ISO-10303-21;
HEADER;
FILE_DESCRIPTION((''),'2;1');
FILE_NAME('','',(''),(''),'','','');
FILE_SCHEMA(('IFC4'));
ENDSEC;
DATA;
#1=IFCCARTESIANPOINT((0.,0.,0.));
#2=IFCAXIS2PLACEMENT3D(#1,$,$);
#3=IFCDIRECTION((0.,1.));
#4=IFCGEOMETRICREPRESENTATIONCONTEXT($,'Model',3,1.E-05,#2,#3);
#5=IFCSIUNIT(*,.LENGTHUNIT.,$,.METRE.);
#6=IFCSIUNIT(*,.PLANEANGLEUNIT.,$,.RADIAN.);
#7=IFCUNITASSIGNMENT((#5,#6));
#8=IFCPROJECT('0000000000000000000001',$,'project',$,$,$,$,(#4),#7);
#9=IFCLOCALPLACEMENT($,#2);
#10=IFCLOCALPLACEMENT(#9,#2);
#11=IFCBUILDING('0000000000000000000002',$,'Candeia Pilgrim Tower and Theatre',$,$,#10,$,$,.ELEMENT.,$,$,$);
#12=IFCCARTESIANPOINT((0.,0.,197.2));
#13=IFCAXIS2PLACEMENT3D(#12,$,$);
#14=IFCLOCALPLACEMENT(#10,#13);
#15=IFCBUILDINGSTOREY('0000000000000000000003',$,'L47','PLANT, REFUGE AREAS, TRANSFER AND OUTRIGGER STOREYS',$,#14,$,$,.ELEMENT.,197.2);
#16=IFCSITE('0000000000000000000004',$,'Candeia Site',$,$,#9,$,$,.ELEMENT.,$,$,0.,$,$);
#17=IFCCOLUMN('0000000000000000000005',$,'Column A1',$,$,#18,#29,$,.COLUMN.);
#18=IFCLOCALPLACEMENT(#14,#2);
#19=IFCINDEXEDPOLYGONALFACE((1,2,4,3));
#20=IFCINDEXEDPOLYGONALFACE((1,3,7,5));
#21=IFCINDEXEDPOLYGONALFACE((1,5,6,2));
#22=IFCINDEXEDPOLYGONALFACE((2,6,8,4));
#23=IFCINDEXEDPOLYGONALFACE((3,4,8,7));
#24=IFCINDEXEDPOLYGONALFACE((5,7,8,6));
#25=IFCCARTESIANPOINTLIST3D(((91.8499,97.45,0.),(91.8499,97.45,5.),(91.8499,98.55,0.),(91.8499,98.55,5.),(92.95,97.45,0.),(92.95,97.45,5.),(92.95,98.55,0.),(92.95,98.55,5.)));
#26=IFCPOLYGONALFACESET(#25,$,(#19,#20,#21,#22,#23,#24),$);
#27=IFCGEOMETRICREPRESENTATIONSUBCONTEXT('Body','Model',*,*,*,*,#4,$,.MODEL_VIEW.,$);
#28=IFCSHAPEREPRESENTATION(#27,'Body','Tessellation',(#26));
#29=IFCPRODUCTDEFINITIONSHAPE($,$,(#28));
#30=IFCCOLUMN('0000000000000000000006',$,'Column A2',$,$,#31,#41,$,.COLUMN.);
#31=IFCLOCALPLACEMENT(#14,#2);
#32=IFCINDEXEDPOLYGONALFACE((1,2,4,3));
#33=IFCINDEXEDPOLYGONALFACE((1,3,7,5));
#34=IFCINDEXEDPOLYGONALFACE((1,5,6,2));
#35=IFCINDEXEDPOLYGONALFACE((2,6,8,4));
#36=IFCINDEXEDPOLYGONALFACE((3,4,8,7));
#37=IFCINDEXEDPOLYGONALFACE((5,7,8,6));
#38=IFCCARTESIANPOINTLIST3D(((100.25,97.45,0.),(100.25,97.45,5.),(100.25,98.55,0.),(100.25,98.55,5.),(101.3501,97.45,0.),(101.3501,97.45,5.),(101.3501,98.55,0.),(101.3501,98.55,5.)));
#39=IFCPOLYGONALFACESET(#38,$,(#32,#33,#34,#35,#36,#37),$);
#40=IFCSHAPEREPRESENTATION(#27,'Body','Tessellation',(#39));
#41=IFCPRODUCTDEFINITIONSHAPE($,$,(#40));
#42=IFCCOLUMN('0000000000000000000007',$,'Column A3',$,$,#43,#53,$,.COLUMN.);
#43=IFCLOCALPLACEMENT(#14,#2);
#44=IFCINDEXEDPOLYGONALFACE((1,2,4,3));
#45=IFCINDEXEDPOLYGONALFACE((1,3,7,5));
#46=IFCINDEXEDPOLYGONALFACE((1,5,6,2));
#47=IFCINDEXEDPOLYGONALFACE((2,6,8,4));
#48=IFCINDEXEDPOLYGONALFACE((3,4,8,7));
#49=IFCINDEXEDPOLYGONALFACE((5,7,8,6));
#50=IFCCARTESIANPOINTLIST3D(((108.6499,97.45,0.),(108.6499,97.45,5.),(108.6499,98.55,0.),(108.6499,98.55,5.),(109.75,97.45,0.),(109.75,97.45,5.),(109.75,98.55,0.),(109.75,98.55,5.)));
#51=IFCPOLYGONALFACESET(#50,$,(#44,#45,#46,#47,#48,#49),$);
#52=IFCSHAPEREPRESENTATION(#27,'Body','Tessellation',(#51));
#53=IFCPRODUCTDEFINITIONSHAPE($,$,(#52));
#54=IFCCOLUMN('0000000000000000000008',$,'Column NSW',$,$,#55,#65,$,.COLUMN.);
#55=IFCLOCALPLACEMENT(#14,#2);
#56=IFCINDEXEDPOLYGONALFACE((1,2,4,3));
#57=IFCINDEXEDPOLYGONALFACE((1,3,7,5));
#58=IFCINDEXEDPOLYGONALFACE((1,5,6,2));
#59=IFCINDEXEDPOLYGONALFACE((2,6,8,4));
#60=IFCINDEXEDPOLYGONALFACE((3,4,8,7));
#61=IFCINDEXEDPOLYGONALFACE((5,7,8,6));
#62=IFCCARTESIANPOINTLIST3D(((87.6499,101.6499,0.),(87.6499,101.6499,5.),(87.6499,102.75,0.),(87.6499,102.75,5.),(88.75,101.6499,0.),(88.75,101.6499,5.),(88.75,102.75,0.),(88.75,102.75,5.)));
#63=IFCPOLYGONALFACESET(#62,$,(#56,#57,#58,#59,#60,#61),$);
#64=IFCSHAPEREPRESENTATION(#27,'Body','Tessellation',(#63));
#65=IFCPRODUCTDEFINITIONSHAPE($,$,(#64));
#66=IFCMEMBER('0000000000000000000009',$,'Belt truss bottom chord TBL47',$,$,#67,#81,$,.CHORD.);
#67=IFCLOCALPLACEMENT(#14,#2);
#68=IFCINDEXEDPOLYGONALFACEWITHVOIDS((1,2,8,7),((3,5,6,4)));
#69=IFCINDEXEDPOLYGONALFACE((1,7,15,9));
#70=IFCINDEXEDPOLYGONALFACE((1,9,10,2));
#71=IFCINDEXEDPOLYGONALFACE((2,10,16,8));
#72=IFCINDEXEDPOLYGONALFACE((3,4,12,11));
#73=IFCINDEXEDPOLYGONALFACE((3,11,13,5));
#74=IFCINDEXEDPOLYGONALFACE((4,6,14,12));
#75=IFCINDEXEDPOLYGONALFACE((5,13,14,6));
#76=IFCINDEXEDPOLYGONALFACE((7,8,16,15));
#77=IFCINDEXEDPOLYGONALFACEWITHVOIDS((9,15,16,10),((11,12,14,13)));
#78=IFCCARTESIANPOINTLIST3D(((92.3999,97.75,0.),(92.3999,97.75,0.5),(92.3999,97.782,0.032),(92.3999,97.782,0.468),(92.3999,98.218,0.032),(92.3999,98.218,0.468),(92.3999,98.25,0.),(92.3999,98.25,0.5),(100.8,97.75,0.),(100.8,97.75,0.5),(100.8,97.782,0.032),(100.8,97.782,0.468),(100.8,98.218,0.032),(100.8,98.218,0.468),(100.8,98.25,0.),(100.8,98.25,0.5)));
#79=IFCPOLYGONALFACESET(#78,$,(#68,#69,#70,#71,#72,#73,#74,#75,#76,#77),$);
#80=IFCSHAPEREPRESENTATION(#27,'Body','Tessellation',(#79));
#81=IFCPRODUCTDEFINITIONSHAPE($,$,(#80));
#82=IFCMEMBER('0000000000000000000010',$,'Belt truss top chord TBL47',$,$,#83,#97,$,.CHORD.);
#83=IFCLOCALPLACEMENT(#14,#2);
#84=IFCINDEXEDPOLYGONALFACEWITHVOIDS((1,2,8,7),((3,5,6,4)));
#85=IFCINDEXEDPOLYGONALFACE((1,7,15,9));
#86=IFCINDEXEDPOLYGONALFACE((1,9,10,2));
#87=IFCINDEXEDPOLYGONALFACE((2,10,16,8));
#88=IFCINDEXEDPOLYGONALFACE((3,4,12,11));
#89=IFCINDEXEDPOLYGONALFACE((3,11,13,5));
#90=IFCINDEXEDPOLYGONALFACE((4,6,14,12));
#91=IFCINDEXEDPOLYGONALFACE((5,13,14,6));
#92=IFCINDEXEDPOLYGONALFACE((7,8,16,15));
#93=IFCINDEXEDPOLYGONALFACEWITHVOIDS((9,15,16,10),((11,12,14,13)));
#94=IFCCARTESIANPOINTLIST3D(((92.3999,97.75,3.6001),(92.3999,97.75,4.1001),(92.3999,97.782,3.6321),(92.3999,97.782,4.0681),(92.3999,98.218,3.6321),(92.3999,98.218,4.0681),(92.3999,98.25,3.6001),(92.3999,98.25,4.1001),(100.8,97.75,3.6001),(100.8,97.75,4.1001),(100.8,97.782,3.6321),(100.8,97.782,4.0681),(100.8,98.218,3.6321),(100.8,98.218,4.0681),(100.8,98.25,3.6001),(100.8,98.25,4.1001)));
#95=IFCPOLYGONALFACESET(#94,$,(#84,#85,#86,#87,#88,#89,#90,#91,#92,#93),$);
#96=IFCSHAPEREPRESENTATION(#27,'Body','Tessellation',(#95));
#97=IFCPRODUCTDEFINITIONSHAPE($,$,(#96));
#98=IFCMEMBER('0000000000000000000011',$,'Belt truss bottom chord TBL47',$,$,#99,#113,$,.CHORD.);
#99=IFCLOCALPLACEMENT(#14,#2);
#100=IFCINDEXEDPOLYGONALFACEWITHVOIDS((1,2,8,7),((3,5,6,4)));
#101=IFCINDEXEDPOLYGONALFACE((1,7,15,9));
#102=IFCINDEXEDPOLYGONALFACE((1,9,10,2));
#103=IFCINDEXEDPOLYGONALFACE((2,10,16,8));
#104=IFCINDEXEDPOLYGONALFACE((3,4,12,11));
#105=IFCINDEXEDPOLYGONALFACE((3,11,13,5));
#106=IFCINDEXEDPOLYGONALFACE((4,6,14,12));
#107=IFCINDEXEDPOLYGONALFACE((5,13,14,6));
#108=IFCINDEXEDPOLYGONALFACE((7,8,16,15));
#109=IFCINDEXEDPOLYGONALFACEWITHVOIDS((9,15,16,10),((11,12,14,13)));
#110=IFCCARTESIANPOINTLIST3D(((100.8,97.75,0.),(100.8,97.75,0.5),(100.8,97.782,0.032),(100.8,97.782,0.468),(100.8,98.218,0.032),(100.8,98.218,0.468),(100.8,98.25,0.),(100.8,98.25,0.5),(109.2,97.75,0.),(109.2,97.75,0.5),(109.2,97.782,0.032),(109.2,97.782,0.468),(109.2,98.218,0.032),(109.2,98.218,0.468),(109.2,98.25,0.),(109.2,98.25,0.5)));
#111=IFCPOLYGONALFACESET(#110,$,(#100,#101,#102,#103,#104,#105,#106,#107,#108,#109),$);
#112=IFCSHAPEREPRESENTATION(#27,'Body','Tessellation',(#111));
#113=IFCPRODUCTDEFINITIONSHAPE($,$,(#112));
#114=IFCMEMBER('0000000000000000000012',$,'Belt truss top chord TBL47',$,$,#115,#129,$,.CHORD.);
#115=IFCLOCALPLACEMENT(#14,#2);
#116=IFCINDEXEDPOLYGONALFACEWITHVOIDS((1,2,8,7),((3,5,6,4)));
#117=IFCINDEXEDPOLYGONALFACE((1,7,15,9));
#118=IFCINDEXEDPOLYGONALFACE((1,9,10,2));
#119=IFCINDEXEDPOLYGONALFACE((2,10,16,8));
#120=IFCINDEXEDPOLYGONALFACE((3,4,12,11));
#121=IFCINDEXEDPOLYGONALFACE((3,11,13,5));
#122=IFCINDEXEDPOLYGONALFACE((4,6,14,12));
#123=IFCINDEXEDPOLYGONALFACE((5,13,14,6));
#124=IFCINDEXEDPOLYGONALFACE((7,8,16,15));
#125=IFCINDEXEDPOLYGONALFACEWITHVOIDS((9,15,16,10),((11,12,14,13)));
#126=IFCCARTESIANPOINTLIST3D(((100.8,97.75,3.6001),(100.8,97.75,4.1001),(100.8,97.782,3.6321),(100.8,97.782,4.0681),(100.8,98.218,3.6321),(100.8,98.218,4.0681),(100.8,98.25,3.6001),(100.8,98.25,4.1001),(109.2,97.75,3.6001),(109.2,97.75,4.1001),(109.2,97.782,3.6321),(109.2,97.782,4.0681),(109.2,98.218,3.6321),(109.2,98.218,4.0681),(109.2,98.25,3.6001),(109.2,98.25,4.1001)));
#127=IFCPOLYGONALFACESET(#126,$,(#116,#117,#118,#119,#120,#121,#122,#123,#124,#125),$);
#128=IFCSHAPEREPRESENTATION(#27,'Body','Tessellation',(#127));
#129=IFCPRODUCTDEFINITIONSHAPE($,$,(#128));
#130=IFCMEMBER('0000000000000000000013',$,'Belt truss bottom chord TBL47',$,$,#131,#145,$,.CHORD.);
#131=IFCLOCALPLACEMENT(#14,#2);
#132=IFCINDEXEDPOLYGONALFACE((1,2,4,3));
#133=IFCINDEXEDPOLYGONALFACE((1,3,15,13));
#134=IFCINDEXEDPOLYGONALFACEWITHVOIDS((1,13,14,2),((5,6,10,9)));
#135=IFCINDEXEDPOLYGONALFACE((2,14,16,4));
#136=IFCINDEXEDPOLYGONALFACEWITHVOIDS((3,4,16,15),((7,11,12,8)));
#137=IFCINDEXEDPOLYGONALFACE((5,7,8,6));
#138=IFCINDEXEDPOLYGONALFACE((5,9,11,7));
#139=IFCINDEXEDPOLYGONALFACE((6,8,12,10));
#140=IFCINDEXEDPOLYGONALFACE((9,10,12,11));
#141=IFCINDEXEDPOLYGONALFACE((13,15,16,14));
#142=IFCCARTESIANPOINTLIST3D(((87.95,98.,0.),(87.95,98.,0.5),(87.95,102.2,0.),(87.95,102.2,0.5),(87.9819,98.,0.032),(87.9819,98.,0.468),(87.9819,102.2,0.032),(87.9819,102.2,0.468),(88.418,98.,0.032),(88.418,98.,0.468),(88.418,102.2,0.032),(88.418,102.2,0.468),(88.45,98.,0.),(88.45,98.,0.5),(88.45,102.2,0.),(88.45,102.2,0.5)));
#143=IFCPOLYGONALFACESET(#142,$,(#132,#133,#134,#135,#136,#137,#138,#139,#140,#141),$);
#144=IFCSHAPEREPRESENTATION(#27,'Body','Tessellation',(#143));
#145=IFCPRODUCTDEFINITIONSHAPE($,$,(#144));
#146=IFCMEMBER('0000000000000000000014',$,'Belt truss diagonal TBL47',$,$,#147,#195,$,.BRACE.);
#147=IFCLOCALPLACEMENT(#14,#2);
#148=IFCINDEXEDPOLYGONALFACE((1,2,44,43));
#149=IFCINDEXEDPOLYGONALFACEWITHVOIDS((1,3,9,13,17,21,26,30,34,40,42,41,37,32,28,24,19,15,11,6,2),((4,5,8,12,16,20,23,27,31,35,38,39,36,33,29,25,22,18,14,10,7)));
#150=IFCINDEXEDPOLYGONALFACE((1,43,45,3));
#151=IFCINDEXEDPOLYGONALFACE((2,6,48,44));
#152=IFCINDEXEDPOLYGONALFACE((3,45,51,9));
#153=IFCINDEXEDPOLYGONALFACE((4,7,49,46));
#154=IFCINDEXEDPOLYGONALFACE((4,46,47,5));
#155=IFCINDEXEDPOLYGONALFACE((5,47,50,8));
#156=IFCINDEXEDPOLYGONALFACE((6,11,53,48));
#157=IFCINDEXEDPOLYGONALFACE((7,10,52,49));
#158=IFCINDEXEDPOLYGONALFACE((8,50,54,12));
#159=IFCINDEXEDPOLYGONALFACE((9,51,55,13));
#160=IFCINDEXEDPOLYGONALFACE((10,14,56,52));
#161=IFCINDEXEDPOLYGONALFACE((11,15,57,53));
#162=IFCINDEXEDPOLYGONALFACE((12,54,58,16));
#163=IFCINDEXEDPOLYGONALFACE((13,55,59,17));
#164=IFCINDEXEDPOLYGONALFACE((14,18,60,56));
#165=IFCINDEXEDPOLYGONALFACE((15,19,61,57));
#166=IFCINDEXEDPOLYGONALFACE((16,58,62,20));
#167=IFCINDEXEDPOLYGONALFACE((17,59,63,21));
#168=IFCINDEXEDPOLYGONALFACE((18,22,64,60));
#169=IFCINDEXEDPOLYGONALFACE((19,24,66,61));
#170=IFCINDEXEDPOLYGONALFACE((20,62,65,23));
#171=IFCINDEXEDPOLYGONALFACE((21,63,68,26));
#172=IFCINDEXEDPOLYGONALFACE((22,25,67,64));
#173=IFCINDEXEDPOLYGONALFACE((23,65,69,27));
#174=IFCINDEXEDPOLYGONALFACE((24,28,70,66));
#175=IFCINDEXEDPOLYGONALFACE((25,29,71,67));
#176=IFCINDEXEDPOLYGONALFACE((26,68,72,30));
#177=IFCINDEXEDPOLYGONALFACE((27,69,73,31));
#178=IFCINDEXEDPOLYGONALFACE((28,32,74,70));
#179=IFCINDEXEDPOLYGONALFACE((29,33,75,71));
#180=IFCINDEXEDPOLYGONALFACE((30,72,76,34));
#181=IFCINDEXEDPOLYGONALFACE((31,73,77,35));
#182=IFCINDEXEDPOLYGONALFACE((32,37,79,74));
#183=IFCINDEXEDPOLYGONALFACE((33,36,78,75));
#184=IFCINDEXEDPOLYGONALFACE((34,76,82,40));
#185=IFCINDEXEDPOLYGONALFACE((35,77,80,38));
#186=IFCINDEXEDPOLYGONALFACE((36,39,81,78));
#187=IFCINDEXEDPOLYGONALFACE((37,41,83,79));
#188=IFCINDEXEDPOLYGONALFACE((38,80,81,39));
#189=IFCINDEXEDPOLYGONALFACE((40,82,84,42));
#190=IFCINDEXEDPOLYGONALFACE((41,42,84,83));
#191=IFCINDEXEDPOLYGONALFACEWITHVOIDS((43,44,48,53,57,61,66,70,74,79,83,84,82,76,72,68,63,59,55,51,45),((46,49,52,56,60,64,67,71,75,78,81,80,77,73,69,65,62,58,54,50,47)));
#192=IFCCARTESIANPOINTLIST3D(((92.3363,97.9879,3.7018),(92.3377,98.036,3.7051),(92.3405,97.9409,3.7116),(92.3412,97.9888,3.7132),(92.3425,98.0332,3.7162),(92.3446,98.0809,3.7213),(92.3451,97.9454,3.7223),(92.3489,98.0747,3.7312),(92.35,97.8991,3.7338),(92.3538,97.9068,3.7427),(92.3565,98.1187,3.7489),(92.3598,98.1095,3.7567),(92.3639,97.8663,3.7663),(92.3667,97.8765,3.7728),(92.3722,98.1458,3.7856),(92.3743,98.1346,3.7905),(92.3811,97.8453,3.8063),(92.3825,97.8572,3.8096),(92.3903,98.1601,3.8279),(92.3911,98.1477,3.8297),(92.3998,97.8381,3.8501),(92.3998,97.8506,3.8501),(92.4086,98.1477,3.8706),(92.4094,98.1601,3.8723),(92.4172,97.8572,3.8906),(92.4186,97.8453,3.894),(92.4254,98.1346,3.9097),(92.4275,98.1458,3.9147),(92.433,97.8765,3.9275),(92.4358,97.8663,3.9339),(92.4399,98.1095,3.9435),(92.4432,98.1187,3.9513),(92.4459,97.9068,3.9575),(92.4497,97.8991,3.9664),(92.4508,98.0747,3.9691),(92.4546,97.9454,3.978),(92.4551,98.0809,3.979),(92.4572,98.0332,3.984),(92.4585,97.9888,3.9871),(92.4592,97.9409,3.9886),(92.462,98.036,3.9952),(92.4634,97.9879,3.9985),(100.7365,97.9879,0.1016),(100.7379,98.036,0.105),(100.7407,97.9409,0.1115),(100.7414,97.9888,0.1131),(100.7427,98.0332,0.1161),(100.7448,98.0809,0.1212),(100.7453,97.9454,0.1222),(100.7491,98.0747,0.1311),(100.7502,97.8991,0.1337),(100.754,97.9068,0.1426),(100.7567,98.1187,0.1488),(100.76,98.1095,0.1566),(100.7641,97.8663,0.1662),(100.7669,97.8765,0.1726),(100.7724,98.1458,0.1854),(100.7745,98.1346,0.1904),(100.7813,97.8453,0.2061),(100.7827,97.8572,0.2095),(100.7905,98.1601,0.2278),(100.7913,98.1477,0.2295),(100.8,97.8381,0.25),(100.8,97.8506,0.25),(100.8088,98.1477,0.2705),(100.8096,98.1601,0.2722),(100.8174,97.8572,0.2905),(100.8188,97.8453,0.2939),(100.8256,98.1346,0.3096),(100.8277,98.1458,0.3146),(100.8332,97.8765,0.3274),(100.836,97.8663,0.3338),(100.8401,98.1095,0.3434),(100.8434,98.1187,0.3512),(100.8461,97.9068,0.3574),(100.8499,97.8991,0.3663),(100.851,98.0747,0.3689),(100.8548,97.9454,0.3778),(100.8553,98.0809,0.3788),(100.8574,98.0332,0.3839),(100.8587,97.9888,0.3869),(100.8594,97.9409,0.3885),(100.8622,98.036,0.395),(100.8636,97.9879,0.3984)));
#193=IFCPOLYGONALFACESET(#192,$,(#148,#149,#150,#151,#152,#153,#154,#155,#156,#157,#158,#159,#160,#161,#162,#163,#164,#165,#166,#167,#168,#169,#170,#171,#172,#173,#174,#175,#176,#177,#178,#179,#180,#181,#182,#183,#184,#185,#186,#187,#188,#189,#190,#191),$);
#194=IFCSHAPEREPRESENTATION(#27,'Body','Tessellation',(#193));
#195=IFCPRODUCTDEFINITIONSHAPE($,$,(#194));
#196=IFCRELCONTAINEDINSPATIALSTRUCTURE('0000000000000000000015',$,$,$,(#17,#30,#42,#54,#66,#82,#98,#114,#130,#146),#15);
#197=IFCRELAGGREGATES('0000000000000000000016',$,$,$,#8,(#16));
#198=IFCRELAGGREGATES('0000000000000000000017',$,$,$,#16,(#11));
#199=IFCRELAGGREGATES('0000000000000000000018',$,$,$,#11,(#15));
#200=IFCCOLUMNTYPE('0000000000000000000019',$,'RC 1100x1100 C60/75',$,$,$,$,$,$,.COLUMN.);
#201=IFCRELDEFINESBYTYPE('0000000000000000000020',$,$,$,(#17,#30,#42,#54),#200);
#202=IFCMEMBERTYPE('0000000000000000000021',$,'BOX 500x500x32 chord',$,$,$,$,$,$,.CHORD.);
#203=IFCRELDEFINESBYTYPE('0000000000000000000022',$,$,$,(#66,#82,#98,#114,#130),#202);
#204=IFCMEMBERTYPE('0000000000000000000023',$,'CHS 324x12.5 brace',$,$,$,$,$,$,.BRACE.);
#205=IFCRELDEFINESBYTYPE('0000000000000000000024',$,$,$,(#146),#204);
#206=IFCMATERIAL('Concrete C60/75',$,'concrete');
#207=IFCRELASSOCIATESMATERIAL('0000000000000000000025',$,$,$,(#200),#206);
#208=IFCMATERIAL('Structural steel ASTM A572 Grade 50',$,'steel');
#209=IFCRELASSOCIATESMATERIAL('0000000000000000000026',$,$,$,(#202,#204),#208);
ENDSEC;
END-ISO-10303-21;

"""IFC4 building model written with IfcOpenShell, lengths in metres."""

from ifc_helpers import new_model, si_unit, direction, frame, origin, origin_2d, place, context, subcontext, project, spatial, rectangle, hollow_rectangle, hollow_circle, extrude, material, material_profile, profile_set, type_object, element, save


model = new_model("IFC4")

# Units and contexts
model_context = context("Model", 3, precision=1e-05, world=origin(), true_north=direction((0.0, 1.0)))
body_context = subcontext(model_context, "Body", "Model", "MODEL_VIEW")
ifc_project = project(units=[si_unit("LENGTHUNIT", "METRE"), si_unit("PLANEANGLEUNIT", "RADIAN")], contexts=[model_context])

# Site, building, storey
site_placement = place(None, origin())
site = spatial("IfcSite", under=ifc_project, at=site_placement, Name="Candeia Site", CompositionType="ELEMENT", RefElevation=0.0)
building_placement = place(site_placement, origin())
building = spatial("IfcBuilding", under=site, at=building_placement, Name="Candeia Pilgrim Tower and Theatre", CompositionType="ELEMENT")
storey_placement = place(building_placement, frame((0.0, 0.0, 197.2)))
storey = spatial("IfcBuildingStorey", under=building, at=storey_placement, Name="L47", Description="PLANT, REFUGE AREAS, TRANSFER AND OUTRIGGER STOREYS", CompositionType="ELEMENT", Elevation=197.2)

# Columns
ifc_material_1 = material(Name="Concrete C60/75", Category="concrete")
ifc_material_profile_1 = material_profile(ifc_material_1, rectangle(XDim=1.1001, YDim=1.1001, at=origin_2d()))
ifc_profile_set_1 = profile_set([ifc_material_profile_1], Name="Concrete C60/75")
column_type = type_object("IfcColumnType", Name="RC 1100x1100 C60/75", PredefinedType="COLUMN", material=ifc_profile_set_1)
for number, where, z_axis, x_axis, name in (
    (1, (92.3999, 98.0, 0.0), (0.0, 0.0, 1.0), (1.0, 0.0, 0.0), "Column A1"),
    (2, (100.8, 98.0, 0.0), (0.0, 0.0, 1.0), (1.0, 0.0, 0.0), "Column A2"),
    (3, (109.2, 98.0, 0.0), (0.0, 0.0, 1.0), (1.0, 0.0, 0.0), "Column A3"),
    (4, (88.2, 102.2, 0.0), (0.0, 0.0, 1.0), (1.0, 0.0, 0.0), "Column NSW"),
):
    element("IfcColumn", number, at=place(storey_placement, frame(where, z_axis=z_axis, x_axis=x_axis)), inside=storey, type_object=column_type, Name=name, PredefinedType="COLUMN", context=body_context, shape_type="SweptSolid", body=[
        extrude(rectangle(XDim=1.1001, YDim=1.1001, at=origin_2d()), origin(), (0.0, 0.0, 1.0), 5.0),
    ])

# Members
ifc_material_2 = material(Name="Structural steel ASTM A572 Grade 50", Category="steel")
ifc_material_profile_2 = material_profile(ifc_material_2, hollow_rectangle(XDim=0.5, YDim=0.5, WallThickness=0.032, at=origin_2d()))
ifc_profile_set_2 = profile_set([ifc_material_profile_2], Name="Structural steel ASTM A572 Grade 50")
member_type_1 = type_object("IfcMemberType", Name="BOX 500x500x32 chord", PredefinedType="CHORD", material=ifc_profile_set_2)
for number, where, z_axis, x_axis, name in (
    (5, (92.3999, 98.0, 0.25), (1.0, 0.0, 0.0), (0.0, 1.0, 0.0), "Belt truss bottom chord TBL47"),
    (6, (92.3999, 98.0, 3.8501), (1.0, 0.0, 0.0), (0.0, 1.0, 0.0), "Belt truss top chord TBL47"),
):
    element("IfcMember", number, at=place(storey_placement, frame(where, z_axis=z_axis, x_axis=x_axis)), inside=storey, type_object=member_type_1, Name=name, PredefinedType="CHORD", context=body_context, shape_type="SweptSolid", body=[
        extrude(hollow_rectangle(XDim=0.5, YDim=0.5, WallThickness=0.032, at=origin_2d()), origin(), (0.0, 0.0, 1.0), 8.4001),
    ])
for number, where, z_axis, x_axis, name in (
    (7, (100.8, 98.0, 0.25), (1.0, 0.0, 0.0), (0.0, 1.0, 0.0), "Belt truss bottom chord TBL47"),
    (8, (100.8, 98.0, 3.8501), (1.0, 0.0, 0.0), (0.0, 1.0, 0.0), "Belt truss top chord TBL47"),
):
    element("IfcMember", number, at=place(storey_placement, frame(where, z_axis=z_axis, x_axis=x_axis)), inside=storey, type_object=member_type_1, Name=name, PredefinedType="CHORD", context=body_context, shape_type="SweptSolid", body=[
        extrude(hollow_rectangle(XDim=0.5, YDim=0.5, WallThickness=0.032, at=origin_2d()), origin(), (0.0, 0.0, 1.0), 8.3999),
    ])
member_1_placement = place(storey_placement, frame((88.2, 102.2, 0.25), z_axis=(0.0, -1.0, 0.0), x_axis=(1.0, 0.0, 0.0)))
element("IfcMember", 9, at=member_1_placement, inside=storey, type_object=member_type_1, Name="Belt truss bottom chord TBL47", PredefinedType="CHORD", context=body_context, shape_type="SweptSolid", body=[
    extrude(hollow_rectangle(XDim=0.5, YDim=0.5, WallThickness=0.032, at=origin_2d()), origin(), (0.0, 0.0, 1.0), 4.2),
])
ifc_material_profile_3 = material_profile(ifc_material_2, hollow_circle(Radius=0.1619, WallThickness=0.0125, at=origin_2d()))
ifc_profile_set_3 = profile_set([ifc_material_profile_3], Name="Structural steel ASTM A572 Grade 50")
member_type_2 = type_object("IfcMemberType", Name="CHS 324x12.5 brace", PredefinedType="BRACE", material=ifc_profile_set_3)
member_2_placement = place(storey_placement, frame((100.8, 98.0, 0.25), z_axis=(-0.919144, 0.0, 0.393923), x_axis=(0.0, -1.0, 0.0)))
element("IfcMember", 10, at=member_2_placement, inside=storey, type_object=member_type_2, Name="Belt truss diagonal TBL47", PredefinedType="BRACE", context=body_context, shape_type="SweptSolid", body=[
    extrude(hollow_circle(Radius=0.1619, WallThickness=0.0125, at=origin_2d()), origin(), (0.0, 0.0, 1.0), 9.1392),
])

save(model, "model.ifc")
